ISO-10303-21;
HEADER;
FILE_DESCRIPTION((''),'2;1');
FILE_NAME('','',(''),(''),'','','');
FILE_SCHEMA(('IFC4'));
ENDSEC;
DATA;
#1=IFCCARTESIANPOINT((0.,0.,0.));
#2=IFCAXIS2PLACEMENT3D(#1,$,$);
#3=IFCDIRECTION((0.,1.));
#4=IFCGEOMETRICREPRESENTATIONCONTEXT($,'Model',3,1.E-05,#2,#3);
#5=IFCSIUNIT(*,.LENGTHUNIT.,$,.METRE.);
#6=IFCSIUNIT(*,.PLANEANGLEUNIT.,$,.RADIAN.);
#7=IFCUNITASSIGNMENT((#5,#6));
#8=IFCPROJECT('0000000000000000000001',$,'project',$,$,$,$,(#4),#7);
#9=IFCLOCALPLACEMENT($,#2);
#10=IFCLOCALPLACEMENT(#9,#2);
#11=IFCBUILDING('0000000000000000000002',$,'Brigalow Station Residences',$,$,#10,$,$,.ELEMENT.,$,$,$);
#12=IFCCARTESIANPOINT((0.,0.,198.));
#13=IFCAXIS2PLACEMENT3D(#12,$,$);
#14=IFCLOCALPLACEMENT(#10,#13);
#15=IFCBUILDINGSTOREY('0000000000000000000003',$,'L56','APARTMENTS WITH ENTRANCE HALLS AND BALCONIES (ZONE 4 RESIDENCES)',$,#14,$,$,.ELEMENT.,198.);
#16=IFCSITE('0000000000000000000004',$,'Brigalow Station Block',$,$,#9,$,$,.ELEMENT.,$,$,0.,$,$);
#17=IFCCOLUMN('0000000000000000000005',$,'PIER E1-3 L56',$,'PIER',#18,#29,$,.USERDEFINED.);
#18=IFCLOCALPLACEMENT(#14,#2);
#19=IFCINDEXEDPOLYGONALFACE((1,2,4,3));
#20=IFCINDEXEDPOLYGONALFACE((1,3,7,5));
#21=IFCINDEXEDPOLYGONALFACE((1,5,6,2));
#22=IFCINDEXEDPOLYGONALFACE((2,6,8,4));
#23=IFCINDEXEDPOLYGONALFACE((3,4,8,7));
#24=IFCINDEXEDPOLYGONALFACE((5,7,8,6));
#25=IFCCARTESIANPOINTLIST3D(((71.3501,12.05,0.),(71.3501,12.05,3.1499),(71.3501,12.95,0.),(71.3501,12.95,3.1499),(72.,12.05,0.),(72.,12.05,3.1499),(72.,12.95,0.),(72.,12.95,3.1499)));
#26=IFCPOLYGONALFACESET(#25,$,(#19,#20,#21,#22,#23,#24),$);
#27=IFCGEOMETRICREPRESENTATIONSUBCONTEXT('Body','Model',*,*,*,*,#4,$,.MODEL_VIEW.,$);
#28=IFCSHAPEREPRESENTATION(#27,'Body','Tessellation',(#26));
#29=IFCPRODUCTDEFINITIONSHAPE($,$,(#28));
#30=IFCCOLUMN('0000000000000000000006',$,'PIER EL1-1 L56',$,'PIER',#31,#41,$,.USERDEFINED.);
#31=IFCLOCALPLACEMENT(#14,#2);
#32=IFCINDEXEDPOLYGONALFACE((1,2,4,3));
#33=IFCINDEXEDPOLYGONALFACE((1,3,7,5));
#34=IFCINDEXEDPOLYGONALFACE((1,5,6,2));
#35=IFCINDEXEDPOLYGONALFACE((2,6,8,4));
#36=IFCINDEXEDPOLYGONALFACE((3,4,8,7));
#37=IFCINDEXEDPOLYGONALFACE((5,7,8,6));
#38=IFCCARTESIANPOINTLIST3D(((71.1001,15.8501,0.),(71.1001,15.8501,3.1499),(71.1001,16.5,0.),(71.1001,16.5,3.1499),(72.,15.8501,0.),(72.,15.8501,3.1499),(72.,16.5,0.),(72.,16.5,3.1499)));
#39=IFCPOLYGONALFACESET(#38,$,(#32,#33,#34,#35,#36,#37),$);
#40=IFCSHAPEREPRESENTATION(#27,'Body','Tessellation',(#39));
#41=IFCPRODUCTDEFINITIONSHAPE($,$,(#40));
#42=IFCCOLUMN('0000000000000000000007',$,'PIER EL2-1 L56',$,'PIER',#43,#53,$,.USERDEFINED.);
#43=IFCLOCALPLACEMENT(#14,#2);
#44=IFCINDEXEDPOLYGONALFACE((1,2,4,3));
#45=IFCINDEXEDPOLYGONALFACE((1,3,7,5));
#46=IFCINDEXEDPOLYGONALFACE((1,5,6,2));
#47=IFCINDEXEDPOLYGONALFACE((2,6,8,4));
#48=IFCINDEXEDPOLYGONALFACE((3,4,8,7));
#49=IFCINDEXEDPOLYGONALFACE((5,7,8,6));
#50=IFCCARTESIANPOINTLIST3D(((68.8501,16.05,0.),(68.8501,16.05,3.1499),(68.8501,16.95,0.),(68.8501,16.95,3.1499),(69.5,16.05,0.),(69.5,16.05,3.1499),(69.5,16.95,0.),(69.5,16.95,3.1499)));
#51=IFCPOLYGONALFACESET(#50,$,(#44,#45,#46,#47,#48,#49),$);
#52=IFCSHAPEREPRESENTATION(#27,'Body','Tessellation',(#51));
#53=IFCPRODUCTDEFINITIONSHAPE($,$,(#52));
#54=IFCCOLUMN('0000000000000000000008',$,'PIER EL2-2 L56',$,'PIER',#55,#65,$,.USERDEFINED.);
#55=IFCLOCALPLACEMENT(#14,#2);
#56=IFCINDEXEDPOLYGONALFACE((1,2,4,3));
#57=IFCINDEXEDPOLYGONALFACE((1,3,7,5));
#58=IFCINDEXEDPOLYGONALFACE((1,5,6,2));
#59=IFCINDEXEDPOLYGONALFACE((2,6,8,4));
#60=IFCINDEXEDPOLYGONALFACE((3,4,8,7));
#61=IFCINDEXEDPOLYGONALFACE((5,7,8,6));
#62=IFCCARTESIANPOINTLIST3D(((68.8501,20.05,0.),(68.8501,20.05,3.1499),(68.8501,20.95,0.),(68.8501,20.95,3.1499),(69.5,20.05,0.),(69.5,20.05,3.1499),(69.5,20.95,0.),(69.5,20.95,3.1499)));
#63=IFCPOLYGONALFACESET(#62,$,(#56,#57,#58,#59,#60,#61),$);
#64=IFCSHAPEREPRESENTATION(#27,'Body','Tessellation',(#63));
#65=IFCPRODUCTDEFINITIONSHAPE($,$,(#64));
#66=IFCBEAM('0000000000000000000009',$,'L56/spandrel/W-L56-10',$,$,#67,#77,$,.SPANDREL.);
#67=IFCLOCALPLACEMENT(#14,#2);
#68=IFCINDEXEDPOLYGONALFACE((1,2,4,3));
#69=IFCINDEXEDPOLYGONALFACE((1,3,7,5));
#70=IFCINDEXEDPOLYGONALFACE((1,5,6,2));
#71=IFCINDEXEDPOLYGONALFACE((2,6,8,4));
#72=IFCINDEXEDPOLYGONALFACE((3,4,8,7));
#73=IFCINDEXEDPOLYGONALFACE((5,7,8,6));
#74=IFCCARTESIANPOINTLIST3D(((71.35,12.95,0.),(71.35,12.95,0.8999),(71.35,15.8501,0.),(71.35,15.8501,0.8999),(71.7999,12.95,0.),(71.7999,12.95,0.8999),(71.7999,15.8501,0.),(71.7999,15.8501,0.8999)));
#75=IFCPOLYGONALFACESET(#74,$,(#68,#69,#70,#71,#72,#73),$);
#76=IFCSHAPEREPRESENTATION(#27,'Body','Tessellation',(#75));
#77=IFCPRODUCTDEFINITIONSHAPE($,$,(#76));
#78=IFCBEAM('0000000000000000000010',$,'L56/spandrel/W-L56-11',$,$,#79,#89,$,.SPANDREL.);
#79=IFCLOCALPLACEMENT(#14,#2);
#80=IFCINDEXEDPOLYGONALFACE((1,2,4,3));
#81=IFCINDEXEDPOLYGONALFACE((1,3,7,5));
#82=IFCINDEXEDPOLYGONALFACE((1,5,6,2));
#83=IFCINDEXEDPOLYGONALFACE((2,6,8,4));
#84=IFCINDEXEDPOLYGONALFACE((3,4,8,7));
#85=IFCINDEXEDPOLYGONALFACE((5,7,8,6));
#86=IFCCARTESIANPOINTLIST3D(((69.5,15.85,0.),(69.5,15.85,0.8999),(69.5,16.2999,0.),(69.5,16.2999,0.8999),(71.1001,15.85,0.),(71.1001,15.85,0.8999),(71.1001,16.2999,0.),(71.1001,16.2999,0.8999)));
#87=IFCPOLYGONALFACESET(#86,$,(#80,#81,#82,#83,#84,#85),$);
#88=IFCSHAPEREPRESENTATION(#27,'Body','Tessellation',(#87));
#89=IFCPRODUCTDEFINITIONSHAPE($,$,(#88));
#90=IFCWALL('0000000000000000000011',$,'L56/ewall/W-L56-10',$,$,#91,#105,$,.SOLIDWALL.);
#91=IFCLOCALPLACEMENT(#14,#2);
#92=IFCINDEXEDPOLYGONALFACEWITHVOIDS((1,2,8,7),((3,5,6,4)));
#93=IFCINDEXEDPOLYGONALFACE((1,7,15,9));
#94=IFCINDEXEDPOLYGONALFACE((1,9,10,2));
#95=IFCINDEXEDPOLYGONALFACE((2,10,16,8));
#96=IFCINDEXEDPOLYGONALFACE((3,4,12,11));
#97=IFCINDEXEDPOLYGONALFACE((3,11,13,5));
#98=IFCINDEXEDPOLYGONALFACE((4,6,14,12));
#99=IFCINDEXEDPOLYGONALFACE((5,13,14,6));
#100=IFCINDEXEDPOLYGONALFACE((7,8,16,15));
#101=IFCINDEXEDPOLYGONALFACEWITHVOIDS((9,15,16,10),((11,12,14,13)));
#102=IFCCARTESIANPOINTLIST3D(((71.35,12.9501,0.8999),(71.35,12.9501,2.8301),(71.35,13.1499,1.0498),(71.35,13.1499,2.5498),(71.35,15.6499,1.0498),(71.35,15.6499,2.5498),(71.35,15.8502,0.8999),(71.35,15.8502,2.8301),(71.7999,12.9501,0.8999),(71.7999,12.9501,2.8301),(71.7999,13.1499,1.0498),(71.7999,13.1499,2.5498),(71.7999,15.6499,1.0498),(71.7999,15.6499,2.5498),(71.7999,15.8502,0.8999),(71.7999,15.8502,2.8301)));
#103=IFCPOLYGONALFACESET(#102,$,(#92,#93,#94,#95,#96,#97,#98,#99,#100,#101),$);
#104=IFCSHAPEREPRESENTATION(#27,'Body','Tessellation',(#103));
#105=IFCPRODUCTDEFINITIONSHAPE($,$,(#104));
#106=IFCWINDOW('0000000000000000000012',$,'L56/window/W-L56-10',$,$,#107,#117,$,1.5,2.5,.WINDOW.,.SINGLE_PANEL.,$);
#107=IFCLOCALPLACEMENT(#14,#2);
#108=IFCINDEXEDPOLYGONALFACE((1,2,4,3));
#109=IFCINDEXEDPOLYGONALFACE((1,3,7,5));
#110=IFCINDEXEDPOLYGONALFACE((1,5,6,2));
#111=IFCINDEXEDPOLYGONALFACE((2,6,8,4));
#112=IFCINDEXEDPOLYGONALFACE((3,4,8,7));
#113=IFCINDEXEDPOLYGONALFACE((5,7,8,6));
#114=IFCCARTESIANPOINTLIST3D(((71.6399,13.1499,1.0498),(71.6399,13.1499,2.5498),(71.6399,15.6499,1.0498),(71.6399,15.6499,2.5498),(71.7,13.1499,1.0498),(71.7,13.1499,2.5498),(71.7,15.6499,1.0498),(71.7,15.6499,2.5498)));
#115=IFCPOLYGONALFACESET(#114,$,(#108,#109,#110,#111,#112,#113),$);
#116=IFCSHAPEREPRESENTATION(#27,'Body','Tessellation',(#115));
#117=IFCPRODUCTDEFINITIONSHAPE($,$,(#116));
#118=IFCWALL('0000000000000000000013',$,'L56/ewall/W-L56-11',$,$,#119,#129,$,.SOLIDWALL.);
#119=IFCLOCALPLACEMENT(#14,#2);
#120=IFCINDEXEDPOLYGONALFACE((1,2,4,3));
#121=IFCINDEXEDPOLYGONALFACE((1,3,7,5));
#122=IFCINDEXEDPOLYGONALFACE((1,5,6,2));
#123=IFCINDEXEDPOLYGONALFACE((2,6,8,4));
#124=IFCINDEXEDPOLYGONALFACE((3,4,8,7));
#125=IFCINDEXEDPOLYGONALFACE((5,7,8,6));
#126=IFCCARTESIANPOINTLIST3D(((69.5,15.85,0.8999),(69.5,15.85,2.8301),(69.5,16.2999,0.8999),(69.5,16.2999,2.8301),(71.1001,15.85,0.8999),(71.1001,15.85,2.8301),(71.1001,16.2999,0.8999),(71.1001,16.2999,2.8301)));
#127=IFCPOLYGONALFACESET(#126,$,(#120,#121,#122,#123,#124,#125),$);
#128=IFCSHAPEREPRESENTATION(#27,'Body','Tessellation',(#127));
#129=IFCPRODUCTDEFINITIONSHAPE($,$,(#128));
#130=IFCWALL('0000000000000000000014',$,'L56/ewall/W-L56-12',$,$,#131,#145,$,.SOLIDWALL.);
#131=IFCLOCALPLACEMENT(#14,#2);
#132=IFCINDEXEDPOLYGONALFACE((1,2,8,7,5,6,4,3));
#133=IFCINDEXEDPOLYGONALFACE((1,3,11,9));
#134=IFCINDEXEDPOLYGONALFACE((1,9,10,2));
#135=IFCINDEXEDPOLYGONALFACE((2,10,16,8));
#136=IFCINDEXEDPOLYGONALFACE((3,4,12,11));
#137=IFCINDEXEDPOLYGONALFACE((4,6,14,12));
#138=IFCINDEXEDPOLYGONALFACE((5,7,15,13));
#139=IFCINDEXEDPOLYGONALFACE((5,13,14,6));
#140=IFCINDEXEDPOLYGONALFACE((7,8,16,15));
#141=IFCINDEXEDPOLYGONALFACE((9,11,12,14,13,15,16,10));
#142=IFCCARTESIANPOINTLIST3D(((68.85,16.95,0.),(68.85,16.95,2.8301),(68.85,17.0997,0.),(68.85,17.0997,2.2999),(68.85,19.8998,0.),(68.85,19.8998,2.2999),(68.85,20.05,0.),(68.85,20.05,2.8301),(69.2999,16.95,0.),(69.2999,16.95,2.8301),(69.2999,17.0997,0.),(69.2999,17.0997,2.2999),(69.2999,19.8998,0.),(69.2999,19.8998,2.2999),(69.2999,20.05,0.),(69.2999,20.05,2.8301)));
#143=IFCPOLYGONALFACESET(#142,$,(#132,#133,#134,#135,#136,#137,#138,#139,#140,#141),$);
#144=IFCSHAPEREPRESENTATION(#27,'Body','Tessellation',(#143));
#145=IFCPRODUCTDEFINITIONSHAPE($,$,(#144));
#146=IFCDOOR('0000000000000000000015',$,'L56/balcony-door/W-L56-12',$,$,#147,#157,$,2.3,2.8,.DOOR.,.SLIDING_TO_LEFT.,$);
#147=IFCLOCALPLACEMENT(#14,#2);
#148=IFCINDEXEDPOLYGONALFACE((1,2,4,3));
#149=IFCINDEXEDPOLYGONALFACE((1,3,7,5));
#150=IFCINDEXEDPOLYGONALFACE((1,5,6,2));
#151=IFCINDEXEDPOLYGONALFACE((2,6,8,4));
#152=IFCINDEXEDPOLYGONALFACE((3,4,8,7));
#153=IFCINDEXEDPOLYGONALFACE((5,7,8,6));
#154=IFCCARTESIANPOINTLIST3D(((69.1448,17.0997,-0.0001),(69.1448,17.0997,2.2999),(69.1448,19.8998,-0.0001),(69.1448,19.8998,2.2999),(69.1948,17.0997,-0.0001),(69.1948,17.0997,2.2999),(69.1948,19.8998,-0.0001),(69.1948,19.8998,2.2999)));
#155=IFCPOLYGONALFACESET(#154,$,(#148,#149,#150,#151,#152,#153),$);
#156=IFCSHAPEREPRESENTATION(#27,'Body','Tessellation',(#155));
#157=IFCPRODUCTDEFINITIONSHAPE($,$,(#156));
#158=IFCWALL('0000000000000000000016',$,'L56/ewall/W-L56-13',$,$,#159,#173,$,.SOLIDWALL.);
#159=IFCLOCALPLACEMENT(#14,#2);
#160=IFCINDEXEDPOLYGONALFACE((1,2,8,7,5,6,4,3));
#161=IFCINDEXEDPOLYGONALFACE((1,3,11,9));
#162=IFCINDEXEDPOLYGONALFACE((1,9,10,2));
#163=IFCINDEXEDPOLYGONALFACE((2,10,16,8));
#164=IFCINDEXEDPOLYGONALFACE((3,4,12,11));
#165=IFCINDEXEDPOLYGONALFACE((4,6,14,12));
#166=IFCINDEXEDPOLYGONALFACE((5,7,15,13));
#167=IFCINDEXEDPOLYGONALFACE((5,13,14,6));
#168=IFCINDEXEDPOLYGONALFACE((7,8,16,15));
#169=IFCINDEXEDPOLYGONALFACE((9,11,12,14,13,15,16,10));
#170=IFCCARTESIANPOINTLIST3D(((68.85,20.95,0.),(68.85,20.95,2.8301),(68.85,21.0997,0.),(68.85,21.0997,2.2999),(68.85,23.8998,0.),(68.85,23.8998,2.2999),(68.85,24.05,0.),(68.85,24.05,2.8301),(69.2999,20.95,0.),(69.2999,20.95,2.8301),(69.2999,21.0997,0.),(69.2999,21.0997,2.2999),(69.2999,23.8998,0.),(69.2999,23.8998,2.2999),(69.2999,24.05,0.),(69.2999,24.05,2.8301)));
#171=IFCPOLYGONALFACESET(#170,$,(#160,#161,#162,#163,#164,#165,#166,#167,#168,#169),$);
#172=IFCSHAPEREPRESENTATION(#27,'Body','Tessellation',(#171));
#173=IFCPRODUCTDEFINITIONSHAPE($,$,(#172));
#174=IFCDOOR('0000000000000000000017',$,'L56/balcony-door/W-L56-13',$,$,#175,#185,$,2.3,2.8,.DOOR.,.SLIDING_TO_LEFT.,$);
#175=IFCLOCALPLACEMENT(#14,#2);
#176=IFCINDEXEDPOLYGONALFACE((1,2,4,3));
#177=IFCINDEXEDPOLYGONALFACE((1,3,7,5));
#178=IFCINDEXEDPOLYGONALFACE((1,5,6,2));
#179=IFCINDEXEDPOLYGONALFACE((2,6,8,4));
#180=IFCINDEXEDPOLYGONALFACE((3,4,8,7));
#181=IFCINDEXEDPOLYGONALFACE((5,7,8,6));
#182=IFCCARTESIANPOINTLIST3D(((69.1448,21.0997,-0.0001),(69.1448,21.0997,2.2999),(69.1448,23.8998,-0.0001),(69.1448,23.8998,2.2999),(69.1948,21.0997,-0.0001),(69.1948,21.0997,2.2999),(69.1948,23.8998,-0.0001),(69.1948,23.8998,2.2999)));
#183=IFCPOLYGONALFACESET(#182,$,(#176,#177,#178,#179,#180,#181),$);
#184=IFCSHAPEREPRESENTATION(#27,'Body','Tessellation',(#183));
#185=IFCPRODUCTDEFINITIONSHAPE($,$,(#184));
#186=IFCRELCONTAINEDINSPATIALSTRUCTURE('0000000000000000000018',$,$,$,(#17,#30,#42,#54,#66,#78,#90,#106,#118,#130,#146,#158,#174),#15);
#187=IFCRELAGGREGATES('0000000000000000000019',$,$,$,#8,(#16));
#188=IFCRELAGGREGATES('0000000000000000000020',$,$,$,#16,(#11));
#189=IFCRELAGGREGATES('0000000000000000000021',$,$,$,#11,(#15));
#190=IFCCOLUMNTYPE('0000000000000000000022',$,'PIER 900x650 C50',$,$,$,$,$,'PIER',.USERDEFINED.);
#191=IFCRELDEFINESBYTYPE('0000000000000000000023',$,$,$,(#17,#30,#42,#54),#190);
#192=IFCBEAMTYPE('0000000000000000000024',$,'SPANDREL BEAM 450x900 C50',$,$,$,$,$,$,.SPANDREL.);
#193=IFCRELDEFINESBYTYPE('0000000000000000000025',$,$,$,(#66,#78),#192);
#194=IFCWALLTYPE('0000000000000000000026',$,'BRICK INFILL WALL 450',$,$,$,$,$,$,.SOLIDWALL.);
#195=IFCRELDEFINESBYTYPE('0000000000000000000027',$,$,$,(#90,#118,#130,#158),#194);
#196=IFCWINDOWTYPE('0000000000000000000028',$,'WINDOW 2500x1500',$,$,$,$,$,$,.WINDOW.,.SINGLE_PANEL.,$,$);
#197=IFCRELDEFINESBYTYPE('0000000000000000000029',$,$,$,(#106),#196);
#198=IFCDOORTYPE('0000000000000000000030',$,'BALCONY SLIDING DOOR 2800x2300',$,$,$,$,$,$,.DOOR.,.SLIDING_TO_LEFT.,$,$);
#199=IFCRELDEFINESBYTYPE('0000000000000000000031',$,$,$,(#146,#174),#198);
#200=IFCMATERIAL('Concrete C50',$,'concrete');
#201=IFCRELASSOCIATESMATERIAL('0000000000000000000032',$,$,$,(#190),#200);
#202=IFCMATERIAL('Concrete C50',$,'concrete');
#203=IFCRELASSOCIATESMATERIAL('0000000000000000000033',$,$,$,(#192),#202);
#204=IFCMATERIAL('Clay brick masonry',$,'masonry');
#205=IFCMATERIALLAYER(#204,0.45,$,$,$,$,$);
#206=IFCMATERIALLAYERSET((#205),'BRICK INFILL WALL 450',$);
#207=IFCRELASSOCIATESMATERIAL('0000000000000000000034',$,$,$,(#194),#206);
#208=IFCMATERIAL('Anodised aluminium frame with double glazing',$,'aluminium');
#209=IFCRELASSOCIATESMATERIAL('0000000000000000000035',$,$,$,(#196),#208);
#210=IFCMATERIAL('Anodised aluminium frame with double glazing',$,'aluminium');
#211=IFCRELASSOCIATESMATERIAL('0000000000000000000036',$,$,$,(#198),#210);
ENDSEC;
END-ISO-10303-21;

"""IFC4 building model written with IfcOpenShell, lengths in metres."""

from ifc_helpers import new_model, si_unit, direction, frame, frame_2d, origin, origin_2d, place, context, subcontext, project, spatial, rectangle, extrude, material, layer, layer_set, material_profile, profile_set, type_object, element, fill, save


model = new_model("IFC4")

# Units and contexts
model_context = context("Model", 3, precision=1e-05, world=origin(), true_north=direction((0.0, 1.0)))
body_context = subcontext(model_context, "Body", "Model", "MODEL_VIEW")
ifc_project = project(units=[si_unit("LENGTHUNIT", "METRE"), si_unit("PLANEANGLEUNIT", "RADIAN")], contexts=[model_context])

# Site, building, storey
site_placement = place(None, origin())
site = spatial("IfcSite", under=ifc_project, at=site_placement, Name="Brigalow Station Block", CompositionType="ELEMENT", RefElevation=0.0)
building_placement = place(site_placement, origin())
building = spatial("IfcBuilding", under=site, at=building_placement, Name="Brigalow Station Residences", CompositionType="ELEMENT")
storey_placement = place(building_placement, frame((0.0, 0.0, 198.0)))
storey = spatial("IfcBuildingStorey", under=building, at=storey_placement, Name="L56", Description="APARTMENTS WITH ENTRANCE HALLS AND BALCONIES (ZONE 4 RESIDENCES)", CompositionType="ELEMENT", Elevation=198.0)

# Columns
ifc_material_1 = material(Name="Concrete C50", Category="concrete")
ifc_material_profile_1 = material_profile(ifc_material_1, rectangle(XDim=0.8999, YDim=0.6499, at=origin_2d()), Name="RC900x650")
ifc_profile_set_1 = profile_set([ifc_material_profile_1], Name="Concrete C50")
column_type = type_object("IfcColumnType", Name="PIER 900x650 C50", ElementType="PIER", PredefinedType="USERDEFINED", material=ifc_profile_set_1)
for number, where, z_axis, x_axis, name in (
    (1, (71.675, 12.5, 0.0), (0.0, 0.0, 1.0), (0.0, 1.0, 0.0), "PIER E1-3 L56"),
    (2, (71.55, 16.175, 0.0), (0.0, 0.0, 1.0), (-1.0, 0.0, 0.0), "PIER EL1-1 L56"),
    (3, (69.175, 16.5, 0.0), (0.0, 0.0, 1.0), (0.0, 1.0, 0.0), "PIER EL2-1 L56"),
    (4, (69.175, 20.5, 0.0), (0.0, 0.0, 1.0), (0.0, 1.0, 0.0), "PIER EL2-2 L56"),
):
    element("IfcColumn", number, at=place(storey_placement, frame(where, z_axis=z_axis, x_axis=x_axis)), inside=storey, type_object=column_type, Name=name, ObjectType="PIER", PredefinedType="USERDEFINED", context=body_context, shape_type="SweptSolid", body=[
        extrude(rectangle(XDim=0.8999, YDim=0.6499, at=origin_2d()), origin(), (0.0, 0.0, 1.0), 3.1499),
    ])

# Beams
ifc_material_2 = material(Name="Concrete C50", Category="concrete")
ifc_material_profile_2 = material_profile(ifc_material_2, rectangle(XDim=0.45, YDim=0.8999, at=origin_2d()), Name="RC450x900")
ifc_profile_set_2 = profile_set([ifc_material_profile_2], Name="Concrete C50")
beam_type = type_object("IfcBeamType", Name="SPANDREL BEAM 450x900 C50", PredefinedType="SPANDREL", material=ifc_profile_set_2)
beam_1_placement = place(storey_placement, frame((71.575, 12.95, 0.45), z_axis=(0.0, 1.0, 0.0), x_axis=(-1.0, 0.0, 0.0)))
element("IfcBeam", 5, at=beam_1_placement, inside=storey, type_object=beam_type, Name="L56/spandrel/W-L56-10", PredefinedType="SPANDREL", context=body_context, shape_type="SweptSolid", body=[
    extrude(rectangle(XDim=0.45, YDim=0.8999, at=origin_2d()), origin(), (0.0, 0.0, 1.0), 2.9001),
])
beam_2_placement = place(storey_placement, frame((71.1001, 16.075, 0.45), z_axis=(-1.0, 0.0, 0.0), x_axis=(0.0, -1.0, 0.0)))
element("IfcBeam", 6, at=beam_2_placement, inside=storey, type_object=beam_type, Name="L56/spandrel/W-L56-11", PredefinedType="SPANDREL", context=body_context, shape_type="SweptSolid", body=[
    extrude(rectangle(XDim=0.45, YDim=0.8999, at=origin_2d()), origin(), (0.0, 0.0, 1.0), 1.6001),
])

# Wall, opening, window
ifc_material_3 = material(Name="Clay brick masonry", Category="masonry")
ifc_layer_1 = layer(ifc_material_3, 0.45)
ifc_layer_set_1 = layer_set([ifc_layer_1], Name="BRICK INFILL WALL 450")
wall_type_1 = type_object("IfcWallType", Name="BRICK INFILL WALL 450", PredefinedType="SOLIDWALL", material=ifc_layer_set_1)
wall_1_placement = place(storey_placement, frame((71.575, 12.95, 0.8999), z_axis=(0.0, 0.0, 1.0), x_axis=(0.0, 1.0, 0.0)))
wall_1 = element("IfcWall", 7, at=wall_1_placement, inside=storey, type_object=wall_type_1, Name="L56/ewall/W-L56-10", PredefinedType="SOLIDWALL", context=body_context, shape_type="SweptSolid", body=[
    extrude(rectangle(XDim=2.9001, YDim=0.45, at=frame_2d((1.4502, 0.0))), origin(), (0.0, 0.0, 1.0), 1.9302),
])
opening_1_placement = place(wall_1_placement, frame((0.2, 0.0, 0.1499)))
opening_1 = element("IfcOpeningElement", 8, at=opening_1_placement, cuts=wall_1, PredefinedType="OPENING", context=body_context, shape_type="SweptSolid", body=[
    extrude(rectangle(XDim=2.5, YDim=1.5, at=frame_2d((1.25, 0.75))), frame((0.0, 0.2349, 0.0), z_axis=(0.0, -1.0, 0.0), x_axis=(1.0, 0.0, 0.0)), (0.0, 0.0, 1.0), 0.47),
])
ifc_material_4 = material(Name="Anodised aluminium frame with double glazing", Category="aluminium")
window_type = type_object("IfcWindowType", Name="WINDOW 2500x1500", PartitioningType="SINGLE_PANEL", PredefinedType="WINDOW", material=ifc_material_4)
window_placement = place(opening_1_placement, origin())
window = element("IfcWindow", 9, at=window_placement, inside=storey, type_object=window_type, Name="L56/window/W-L56-10", OverallHeight=1.5, OverallWidth=2.5, PartitioningType="SINGLE_PANEL", PredefinedType="WINDOW", context=body_context, shape_type="SweptSolid", body=[
    extrude(rectangle(XDim=2.5, YDim=1.5, at=frame_2d((1.25, 0.75))), frame((0.0, -0.0649, 0.0), z_axis=(0.0, -1.0, 0.0), x_axis=(1.0, 0.0, 0.0)), (0.0, 0.0, 1.0), 0.0601),
])
fill(opening_1, window)

# Wall
wall_2_placement = place(storey_placement, frame((71.1001, 16.075, 0.8999), z_axis=(0.0, 0.0, 1.0), x_axis=(-1.0, 0.0, 0.0)))
element("IfcWall", 10, at=wall_2_placement, inside=storey, type_object=wall_type_1, Name="L56/ewall/W-L56-11", PredefinedType="SOLIDWALL", context=body_context, shape_type="SweptSolid", body=[
    extrude(rectangle(XDim=1.6001, YDim=0.45, at=frame_2d((0.8, 0.0))), origin(), (0.0, 0.0, 1.0), 1.9302),
])

# Walls, openings, doors
wall_3_placement = place(storey_placement, frame((69.075, 16.95, 0.0), z_axis=(0.0, 0.0, 1.0), x_axis=(0.0, 1.0, 0.0)))
wall_3 = element("IfcWall", 11, at=wall_3_placement, inside=storey, type_object=wall_type_1, Name="L56/ewall/W-L56-12", PredefinedType="SOLIDWALL", context=body_context, shape_type="SweptSolid", body=[
    extrude(rectangle(XDim=3.1001, YDim=0.45, at=frame_2d((1.55, 0.0))), origin(), (0.0, 0.0, 1.0), 2.8301),
])
opening_2_placement = place(wall_3_placement, frame((0.1499, 0.0, 0.0)))
opening_2 = element("IfcOpeningElement", 12, at=opening_2_placement, cuts=wall_3, PredefinedType="OPENING", context=body_context, shape_type="SweptSolid", body=[
    extrude(rectangle(XDim=2.8, YDim=2.3, at=frame_2d((1.3999, 1.1499))), frame((0.0, 0.2349, 0.0), z_axis=(0.0, -1.0, 0.0), x_axis=(1.0, 0.0, 0.0)), (0.0, 0.0, 1.0), 0.47),
])
ifc_material_5 = material(Name="Anodised aluminium frame with double glazing", Category="aluminium")
door_type_1 = type_object("IfcDoorType", Name="BALCONY SLIDING DOOR 2800x2300", OperationType="SLIDING_TO_LEFT", PredefinedType="DOOR", material=ifc_material_5)
door_1_placement = place(opening_2_placement, origin())
door_1 = element("IfcDoor", 13, at=door_1_placement, inside=storey, type_object=door_type_1, Name="L56/balcony-door/W-L56-12", OperationType="SLIDING_TO_LEFT", OverallHeight=2.3, OverallWidth=2.8, PredefinedType="DOOR", context=body_context, shape_type="SweptSolid", body=[
    extrude(rectangle(XDim=2.8, YDim=2.3, at=frame_2d((1.3999, 1.1499))), frame((0.0, -0.0698, 0.0), z_axis=(0.0, -1.0, 0.0), x_axis=(1.0, 0.0, 0.0)), (0.0, 0.0, 1.0), 0.05),
])
fill(opening_2, door_1)
wall_4_placement = place(storey_placement, frame((69.075, 20.95, 0.0), z_axis=(0.0, 0.0, 1.0), x_axis=(0.0, 1.0, 0.0)))
wall_4 = element("IfcWall", 14, at=wall_4_placement, inside=storey, type_object=wall_type_1, Name="L56/ewall/W-L56-13", PredefinedType="SOLIDWALL", context=body_context, shape_type="SweptSolid", body=[
    extrude(rectangle(XDim=3.1001, YDim=0.45, at=frame_2d((1.55, 0.0))), origin(), (0.0, 0.0, 1.0), 2.8301),
])
opening_3_placement = place(wall_4_placement, frame((0.1499, 0.0, 0.0)))
opening_3 = element("IfcOpeningElement", 15, at=opening_3_placement, cuts=wall_4, PredefinedType="OPENING", context=body_context, shape_type="SweptSolid", body=[
    extrude(rectangle(XDim=2.8, YDim=2.3, at=frame_2d((1.3999, 1.1499))), frame((0.0, 0.2349, 0.0), z_axis=(0.0, -1.0, 0.0), x_axis=(1.0, 0.0, 0.0)), (0.0, 0.0, 1.0), 0.47),
])
door_2_placement = place(opening_3_placement, origin())
door_2 = element("IfcDoor", 16, at=door_2_placement, inside=storey, type_object=door_type_1, Name="L56/balcony-door/W-L56-13", OperationType="SLIDING_TO_LEFT", OverallHeight=2.3, OverallWidth=2.8, PredefinedType="DOOR", context=body_context, shape_type="SweptSolid", body=[
    extrude(rectangle(XDim=2.8, YDim=2.3, at=frame_2d((1.3999, 1.1499))), frame((0.0, -0.0698, 0.0), z_axis=(0.0, -1.0, 0.0), x_axis=(1.0, 0.0, 0.0)), (0.0, 0.0, 1.0), 0.05),
])
fill(opening_3, door_2)

save(model, "model.ifc")
